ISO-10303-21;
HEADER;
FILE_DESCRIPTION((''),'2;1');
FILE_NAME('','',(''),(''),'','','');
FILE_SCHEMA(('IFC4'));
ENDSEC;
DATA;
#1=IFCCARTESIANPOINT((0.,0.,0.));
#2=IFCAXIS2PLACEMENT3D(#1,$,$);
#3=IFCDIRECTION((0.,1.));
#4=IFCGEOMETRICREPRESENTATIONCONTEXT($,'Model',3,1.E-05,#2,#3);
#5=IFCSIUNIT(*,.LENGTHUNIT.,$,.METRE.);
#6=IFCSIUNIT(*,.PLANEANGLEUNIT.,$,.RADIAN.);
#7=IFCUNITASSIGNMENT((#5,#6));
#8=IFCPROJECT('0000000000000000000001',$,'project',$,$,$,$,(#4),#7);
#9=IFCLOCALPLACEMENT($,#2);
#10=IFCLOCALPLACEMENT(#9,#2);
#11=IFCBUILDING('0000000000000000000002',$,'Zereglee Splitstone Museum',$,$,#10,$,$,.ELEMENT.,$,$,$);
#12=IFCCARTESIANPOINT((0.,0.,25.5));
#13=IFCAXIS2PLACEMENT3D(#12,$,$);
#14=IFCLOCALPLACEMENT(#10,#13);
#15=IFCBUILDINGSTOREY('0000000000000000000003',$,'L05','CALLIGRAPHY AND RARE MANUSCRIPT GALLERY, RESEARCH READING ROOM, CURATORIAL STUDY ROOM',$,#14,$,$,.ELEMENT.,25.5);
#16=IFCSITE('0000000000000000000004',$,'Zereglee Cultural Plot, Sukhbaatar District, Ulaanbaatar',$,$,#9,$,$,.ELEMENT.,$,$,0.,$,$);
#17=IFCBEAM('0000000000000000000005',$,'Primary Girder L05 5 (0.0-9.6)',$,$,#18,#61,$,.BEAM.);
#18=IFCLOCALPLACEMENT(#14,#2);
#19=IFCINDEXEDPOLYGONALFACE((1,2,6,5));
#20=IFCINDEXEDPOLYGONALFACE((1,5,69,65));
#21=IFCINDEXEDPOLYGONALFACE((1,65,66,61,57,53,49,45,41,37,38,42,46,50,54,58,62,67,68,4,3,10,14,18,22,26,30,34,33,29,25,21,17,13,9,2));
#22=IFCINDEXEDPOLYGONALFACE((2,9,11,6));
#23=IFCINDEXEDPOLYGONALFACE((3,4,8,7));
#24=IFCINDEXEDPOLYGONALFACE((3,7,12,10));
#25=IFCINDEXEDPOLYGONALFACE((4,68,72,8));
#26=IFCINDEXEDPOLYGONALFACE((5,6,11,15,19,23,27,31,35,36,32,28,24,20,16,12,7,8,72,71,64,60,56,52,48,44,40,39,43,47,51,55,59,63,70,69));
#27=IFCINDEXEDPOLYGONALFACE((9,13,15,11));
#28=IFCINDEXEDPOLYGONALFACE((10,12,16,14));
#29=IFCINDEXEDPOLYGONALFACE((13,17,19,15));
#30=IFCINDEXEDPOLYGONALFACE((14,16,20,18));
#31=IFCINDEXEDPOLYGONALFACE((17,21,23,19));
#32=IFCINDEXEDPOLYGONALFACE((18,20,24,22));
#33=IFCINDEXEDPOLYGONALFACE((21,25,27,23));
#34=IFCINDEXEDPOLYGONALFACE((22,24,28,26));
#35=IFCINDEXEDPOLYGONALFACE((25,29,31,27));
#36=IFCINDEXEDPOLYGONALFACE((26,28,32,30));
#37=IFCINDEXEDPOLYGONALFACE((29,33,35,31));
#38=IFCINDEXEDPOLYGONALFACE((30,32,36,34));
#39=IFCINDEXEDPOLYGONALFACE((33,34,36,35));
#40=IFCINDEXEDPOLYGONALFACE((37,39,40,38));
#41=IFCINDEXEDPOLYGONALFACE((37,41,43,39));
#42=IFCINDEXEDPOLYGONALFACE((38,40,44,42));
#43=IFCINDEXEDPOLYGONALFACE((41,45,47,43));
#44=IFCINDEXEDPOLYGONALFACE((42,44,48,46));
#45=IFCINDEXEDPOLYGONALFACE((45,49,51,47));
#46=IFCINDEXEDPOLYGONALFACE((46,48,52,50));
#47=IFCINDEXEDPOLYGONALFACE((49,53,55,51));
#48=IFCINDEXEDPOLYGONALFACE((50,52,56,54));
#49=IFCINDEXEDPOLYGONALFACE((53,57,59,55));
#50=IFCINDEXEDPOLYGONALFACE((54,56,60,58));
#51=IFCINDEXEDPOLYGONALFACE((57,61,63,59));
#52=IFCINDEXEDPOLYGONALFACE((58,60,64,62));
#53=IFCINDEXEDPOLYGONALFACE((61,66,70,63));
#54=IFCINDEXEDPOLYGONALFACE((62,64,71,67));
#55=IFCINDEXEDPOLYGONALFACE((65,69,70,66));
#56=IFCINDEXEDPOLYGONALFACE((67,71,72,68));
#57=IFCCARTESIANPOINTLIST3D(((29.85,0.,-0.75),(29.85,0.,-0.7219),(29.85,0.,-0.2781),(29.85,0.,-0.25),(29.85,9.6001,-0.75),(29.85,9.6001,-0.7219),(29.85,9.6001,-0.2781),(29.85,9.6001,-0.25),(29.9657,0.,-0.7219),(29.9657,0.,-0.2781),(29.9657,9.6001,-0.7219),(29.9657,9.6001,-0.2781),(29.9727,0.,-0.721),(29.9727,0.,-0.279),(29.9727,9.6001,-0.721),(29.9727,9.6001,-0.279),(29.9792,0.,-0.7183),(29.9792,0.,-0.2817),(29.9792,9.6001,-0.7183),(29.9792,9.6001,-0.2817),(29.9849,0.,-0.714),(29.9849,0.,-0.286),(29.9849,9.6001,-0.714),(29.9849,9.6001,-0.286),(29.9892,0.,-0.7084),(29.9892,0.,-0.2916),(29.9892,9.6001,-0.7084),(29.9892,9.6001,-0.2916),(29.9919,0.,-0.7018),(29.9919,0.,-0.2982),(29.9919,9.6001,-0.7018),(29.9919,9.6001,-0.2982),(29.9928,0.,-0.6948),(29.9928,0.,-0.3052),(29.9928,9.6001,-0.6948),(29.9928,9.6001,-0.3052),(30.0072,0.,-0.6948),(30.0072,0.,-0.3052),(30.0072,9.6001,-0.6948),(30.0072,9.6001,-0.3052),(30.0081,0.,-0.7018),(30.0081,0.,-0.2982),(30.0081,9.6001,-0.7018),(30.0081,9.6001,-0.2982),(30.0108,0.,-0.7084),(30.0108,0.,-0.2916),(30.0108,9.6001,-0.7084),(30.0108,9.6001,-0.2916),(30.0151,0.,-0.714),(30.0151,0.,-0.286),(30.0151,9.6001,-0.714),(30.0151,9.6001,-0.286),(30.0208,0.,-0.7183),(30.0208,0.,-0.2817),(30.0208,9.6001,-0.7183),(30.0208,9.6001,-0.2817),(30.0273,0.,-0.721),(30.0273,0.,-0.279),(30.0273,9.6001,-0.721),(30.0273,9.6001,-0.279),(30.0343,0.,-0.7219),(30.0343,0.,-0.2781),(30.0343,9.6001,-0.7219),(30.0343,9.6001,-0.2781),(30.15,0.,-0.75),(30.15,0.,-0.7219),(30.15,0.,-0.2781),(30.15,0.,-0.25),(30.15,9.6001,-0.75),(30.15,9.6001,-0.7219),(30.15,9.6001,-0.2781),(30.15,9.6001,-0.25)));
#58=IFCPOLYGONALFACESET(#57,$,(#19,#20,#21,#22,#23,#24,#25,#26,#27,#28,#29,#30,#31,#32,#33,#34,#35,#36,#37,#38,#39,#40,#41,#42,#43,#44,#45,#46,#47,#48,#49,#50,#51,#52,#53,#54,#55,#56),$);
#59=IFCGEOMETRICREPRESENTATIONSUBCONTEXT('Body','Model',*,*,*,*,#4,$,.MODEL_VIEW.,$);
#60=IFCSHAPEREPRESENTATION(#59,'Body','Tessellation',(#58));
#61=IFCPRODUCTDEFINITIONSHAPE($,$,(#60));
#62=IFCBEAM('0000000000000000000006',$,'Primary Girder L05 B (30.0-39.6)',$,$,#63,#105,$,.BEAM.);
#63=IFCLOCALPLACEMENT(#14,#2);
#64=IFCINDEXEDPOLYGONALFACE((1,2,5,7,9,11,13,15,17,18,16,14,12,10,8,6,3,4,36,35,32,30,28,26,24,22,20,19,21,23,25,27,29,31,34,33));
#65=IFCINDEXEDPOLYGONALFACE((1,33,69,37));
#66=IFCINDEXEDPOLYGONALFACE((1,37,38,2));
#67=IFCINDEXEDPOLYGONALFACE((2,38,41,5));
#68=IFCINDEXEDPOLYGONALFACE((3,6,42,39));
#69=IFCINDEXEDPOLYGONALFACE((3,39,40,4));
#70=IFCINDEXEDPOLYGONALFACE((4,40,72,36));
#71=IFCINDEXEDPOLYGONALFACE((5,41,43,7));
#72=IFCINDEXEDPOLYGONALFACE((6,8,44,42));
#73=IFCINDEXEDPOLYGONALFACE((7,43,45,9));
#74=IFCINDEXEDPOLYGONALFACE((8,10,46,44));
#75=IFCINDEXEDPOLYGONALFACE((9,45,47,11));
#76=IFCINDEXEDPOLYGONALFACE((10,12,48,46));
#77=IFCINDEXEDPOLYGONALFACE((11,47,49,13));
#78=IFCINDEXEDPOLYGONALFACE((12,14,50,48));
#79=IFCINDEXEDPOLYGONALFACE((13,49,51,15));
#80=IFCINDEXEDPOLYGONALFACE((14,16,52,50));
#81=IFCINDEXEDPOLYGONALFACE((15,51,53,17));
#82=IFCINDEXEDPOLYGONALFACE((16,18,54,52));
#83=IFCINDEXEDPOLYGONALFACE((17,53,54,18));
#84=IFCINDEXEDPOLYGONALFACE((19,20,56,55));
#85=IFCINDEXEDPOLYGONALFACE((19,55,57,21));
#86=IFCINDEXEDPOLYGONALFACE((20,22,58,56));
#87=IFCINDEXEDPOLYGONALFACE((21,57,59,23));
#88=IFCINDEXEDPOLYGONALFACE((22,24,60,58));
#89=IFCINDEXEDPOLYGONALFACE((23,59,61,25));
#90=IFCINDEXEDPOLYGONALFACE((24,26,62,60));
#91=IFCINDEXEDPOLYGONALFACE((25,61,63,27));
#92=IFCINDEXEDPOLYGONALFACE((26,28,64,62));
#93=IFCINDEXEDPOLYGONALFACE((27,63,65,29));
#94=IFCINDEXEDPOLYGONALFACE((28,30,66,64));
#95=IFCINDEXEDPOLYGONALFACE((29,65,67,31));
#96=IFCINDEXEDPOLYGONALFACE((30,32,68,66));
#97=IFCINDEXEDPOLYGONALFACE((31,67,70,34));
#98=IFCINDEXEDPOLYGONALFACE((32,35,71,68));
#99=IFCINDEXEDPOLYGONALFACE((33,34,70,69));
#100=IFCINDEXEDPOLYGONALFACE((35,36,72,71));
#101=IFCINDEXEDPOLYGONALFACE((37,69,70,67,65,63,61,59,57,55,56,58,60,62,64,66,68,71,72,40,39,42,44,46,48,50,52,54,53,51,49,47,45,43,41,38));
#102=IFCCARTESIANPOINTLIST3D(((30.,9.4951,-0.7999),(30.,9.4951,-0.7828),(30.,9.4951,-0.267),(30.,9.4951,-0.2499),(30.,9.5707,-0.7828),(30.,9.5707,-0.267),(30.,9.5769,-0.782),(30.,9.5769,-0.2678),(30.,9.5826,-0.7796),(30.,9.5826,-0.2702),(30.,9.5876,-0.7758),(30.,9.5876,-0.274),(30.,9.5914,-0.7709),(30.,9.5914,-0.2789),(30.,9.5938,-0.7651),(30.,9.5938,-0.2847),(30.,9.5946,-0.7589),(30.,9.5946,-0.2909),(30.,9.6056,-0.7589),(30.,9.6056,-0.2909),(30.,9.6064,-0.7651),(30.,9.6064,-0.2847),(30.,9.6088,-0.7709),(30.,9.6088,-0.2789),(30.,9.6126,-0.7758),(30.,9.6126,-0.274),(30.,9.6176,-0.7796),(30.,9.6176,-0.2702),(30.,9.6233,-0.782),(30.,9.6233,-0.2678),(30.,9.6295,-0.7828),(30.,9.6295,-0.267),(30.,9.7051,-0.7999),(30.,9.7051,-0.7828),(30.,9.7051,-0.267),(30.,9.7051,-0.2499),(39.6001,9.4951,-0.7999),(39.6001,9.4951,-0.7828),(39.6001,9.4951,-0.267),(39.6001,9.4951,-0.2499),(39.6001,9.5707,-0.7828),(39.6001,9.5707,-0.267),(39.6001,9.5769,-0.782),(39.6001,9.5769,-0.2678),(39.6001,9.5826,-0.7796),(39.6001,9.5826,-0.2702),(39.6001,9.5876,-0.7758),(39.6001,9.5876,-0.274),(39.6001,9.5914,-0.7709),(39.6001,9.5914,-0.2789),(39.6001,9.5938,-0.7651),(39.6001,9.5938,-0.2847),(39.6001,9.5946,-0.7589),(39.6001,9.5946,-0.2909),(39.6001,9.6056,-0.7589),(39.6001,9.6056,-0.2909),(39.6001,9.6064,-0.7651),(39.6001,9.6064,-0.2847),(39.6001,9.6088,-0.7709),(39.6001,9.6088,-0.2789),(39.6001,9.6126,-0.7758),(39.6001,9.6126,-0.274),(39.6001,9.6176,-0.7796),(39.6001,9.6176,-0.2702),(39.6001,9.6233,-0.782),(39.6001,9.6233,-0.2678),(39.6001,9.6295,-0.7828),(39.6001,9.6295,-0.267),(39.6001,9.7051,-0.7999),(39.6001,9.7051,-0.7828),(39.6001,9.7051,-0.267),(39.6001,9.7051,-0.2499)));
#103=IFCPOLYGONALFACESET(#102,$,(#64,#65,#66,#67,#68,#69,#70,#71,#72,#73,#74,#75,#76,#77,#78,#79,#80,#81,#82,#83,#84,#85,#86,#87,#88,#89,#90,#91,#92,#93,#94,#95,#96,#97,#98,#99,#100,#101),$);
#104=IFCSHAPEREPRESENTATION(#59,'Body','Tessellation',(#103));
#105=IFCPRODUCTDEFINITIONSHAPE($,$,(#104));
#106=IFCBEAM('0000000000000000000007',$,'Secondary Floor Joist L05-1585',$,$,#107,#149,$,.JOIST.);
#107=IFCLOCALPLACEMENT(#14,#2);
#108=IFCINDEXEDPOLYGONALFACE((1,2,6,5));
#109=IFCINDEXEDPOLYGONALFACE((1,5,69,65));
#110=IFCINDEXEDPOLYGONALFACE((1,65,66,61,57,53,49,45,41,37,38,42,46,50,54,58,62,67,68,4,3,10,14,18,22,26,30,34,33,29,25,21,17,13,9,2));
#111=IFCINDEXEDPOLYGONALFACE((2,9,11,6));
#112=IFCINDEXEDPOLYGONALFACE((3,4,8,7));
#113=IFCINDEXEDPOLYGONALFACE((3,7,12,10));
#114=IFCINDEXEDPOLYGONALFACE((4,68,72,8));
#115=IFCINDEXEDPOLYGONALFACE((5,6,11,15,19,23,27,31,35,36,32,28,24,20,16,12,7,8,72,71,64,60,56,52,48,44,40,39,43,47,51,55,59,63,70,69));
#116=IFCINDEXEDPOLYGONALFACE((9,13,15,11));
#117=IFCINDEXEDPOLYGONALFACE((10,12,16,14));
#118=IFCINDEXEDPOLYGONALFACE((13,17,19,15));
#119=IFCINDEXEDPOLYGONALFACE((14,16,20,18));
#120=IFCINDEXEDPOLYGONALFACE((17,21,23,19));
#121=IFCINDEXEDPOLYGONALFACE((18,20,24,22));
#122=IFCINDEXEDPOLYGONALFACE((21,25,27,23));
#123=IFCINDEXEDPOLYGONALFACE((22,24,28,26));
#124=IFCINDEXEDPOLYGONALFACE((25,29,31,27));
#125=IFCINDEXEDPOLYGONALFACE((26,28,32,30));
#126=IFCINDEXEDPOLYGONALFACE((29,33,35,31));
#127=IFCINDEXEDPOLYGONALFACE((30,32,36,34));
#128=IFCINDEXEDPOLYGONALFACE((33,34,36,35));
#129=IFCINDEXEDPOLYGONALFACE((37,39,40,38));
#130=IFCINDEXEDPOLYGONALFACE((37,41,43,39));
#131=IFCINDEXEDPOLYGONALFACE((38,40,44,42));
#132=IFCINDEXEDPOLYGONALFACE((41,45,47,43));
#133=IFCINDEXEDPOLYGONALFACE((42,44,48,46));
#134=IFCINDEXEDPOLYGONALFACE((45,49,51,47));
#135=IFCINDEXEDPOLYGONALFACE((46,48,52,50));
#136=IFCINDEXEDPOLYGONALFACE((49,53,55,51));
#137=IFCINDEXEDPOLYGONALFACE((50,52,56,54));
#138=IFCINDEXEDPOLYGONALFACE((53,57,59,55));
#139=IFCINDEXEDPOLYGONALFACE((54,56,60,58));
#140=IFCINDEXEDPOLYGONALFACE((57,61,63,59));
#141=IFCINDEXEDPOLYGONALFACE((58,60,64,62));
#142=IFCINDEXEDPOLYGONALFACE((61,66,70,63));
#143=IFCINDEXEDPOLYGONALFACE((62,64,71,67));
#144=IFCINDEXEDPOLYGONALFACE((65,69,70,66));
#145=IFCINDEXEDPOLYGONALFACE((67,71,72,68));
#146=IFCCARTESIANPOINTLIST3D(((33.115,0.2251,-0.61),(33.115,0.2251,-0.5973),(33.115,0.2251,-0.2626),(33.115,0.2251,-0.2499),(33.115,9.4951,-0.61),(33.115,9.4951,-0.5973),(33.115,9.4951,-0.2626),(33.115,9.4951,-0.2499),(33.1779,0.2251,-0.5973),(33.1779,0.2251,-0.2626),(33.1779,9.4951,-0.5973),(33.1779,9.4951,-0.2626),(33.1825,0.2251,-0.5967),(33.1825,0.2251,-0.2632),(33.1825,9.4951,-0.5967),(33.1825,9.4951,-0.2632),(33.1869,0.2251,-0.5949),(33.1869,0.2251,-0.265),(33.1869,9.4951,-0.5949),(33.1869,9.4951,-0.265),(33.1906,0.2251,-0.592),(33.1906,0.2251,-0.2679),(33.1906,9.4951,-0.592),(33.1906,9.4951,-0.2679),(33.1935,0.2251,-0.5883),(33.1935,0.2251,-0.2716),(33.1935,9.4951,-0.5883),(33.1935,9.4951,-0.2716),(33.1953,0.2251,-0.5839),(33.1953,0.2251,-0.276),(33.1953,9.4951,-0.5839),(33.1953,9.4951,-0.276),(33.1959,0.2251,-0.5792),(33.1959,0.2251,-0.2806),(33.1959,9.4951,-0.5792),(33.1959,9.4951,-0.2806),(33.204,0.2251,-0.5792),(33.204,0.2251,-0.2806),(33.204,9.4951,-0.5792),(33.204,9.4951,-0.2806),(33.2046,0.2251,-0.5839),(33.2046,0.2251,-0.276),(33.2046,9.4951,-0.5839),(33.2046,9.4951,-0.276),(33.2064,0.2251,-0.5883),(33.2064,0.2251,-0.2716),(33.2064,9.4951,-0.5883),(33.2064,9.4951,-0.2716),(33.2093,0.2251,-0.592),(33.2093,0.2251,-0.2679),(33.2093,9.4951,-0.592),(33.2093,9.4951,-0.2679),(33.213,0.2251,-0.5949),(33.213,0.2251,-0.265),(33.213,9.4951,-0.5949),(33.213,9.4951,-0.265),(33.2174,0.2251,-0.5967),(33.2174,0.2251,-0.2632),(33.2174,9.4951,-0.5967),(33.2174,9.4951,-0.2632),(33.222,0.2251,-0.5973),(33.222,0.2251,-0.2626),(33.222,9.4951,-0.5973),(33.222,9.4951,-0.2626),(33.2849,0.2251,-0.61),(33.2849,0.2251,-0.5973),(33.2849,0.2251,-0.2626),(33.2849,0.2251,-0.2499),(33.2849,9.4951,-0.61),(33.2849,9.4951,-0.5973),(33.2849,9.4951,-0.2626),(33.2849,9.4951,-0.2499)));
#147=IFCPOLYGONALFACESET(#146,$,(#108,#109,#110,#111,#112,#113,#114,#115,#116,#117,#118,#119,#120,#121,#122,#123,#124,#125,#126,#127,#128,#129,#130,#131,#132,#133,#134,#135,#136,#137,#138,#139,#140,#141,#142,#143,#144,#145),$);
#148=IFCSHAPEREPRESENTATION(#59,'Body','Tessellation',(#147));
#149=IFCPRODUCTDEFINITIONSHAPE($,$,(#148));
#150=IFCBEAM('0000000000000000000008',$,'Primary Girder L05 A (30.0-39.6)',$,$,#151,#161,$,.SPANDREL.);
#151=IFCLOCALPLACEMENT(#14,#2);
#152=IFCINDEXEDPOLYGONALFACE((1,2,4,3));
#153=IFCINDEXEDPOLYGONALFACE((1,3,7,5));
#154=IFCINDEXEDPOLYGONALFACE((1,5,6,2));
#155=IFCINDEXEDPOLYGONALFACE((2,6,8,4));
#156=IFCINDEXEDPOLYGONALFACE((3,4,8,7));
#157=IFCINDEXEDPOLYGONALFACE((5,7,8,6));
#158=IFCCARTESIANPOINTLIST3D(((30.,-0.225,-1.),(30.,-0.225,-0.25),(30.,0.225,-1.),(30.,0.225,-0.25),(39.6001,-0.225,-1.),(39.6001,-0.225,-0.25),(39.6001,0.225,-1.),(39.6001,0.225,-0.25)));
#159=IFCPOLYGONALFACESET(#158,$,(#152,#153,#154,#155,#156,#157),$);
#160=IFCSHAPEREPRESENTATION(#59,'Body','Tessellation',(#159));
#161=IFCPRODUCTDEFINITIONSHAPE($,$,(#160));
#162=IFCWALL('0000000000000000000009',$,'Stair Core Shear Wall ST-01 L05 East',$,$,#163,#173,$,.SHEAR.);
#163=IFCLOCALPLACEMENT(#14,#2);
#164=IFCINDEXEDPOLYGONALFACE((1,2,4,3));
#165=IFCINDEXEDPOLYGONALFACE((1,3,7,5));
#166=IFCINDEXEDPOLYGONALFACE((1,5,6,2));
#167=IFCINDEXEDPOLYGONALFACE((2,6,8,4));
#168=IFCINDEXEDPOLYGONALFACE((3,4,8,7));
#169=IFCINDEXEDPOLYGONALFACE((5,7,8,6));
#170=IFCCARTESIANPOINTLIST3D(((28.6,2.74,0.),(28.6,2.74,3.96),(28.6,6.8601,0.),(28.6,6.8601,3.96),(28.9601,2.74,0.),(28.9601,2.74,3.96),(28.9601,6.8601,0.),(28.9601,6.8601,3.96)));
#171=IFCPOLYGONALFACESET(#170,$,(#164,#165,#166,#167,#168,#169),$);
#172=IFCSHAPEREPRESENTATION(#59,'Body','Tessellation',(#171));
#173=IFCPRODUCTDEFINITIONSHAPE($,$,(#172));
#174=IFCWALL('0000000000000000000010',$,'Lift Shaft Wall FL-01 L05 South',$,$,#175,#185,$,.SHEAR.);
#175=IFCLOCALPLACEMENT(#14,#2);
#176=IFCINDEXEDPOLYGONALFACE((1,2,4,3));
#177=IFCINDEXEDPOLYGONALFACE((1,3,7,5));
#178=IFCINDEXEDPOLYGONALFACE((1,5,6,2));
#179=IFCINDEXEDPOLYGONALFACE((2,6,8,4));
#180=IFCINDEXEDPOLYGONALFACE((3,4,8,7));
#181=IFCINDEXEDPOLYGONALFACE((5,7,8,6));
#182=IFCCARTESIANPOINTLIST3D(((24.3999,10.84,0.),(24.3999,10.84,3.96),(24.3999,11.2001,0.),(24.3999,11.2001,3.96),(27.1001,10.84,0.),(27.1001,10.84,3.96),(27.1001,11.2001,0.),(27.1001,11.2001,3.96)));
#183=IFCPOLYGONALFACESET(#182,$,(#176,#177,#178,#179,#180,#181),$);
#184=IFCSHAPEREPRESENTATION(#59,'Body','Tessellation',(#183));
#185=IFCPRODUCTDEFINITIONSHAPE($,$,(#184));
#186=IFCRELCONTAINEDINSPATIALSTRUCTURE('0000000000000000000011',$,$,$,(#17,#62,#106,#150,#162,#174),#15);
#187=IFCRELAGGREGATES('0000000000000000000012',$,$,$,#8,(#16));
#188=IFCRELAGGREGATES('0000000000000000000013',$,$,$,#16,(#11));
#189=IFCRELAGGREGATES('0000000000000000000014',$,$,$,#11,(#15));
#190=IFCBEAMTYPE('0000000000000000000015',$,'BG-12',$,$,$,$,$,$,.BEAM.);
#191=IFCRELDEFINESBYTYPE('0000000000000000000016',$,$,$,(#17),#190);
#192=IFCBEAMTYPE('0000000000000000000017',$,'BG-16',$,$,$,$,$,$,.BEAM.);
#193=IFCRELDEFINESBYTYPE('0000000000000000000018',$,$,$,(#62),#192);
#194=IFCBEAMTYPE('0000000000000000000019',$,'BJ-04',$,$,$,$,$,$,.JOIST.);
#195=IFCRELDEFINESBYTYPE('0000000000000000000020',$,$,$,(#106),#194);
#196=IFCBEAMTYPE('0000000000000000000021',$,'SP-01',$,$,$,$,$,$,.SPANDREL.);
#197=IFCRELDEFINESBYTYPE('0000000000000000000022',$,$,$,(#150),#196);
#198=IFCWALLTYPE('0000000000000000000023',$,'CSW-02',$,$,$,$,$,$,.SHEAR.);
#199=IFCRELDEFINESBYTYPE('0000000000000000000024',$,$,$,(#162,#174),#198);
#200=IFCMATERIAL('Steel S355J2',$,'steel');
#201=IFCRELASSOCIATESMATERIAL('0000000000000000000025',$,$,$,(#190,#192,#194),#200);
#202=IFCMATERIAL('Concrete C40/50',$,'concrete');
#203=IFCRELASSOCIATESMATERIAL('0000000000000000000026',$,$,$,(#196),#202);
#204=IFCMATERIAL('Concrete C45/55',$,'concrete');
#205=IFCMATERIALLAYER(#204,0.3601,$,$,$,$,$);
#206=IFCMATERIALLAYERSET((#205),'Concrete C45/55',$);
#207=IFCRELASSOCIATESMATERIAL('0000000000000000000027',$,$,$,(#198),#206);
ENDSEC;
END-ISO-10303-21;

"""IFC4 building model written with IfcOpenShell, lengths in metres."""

from ifc_helpers import new_model, si_unit, direction, frame, frame_2d, origin, origin_2d, place, context, subcontext, project, spatial, rectangle, i_section, extrude, material, layer, layer_set, material_profile, profile_set, type_object, element, save


model = new_model("IFC4")

# Units and contexts
model_context = context("Model", 3, precision=1e-05, world=origin(), true_north=direction((0.0, 1.0)))
body_context = subcontext(model_context, "Body", "Model", "MODEL_VIEW")
ifc_project = project(units=[si_unit("LENGTHUNIT", "METRE"), si_unit("PLANEANGLEUNIT", "RADIAN")], contexts=[model_context])

# Site, building, storey
site_placement = place(None, origin())
site = spatial("IfcSite", under=ifc_project, at=site_placement, Name="Zereglee Cultural Plot, Sukhbaatar District, Ulaanbaatar", CompositionType="ELEMENT", RefElevation=0.0)
building_placement = place(site_placement, origin())
building = spatial("IfcBuilding", under=site, at=building_placement, Name="Zereglee Splitstone Museum", CompositionType="ELEMENT")
storey_placement = place(building_placement, frame((0.0, 0.0, 25.5)))
storey = spatial("IfcBuildingStorey", under=building, at=storey_placement, Name="L05", Description="CALLIGRAPHY AND RARE MANUSCRIPT GALLERY, RESEARCH READING ROOM, CURATORIAL STUDY ROOM", CompositionType="ELEMENT", Elevation=25.5)

# Beams
ifc_material_1 = material(Name="Steel S355J2", Category="steel")
ifc_material_profile_1 = material_profile(ifc_material_1, i_section(OverallWidth=0.3, OverallDepth=0.5, WebThickness=0.0144, FlangeThickness=0.0281, FilletRadius=0.0271, at=origin_2d()), Name="HE 500 B")
ifc_profile_set_1 = profile_set([ifc_material_profile_1], Name="Steel S355J2")
beam_type_1 = type_object("IfcBeamType", Name="BG-12", PredefinedType="BEAM", material=ifc_profile_set_1)
beam_1_placement = place(storey_placement, frame((30.0, 0.0, -0.5), z_axis=(0.0, 1.0, 0.0), x_axis=(-1.0, 0.0, 0.0)))
element("IfcBeam", 1, at=beam_1_placement, inside=storey, type_object=beam_type_1, Name="Primary Girder L05 5 (0.0-9.6)", PredefinedType="BEAM", context=body_context, shape_type="SweptSolid", body=[
    extrude(i_section(OverallWidth=0.3, OverallDepth=0.5, WebThickness=0.0144, FlangeThickness=0.0281, FilletRadius=0.0271, at=origin_2d()), origin(), (0.0, 0.0, 1.0), 9.6001),
])
ifc_material_profile_2 = material_profile(ifc_material_1, i_section(OverallWidth=0.21, OverallDepth=0.55, WebThickness=0.011, FlangeThickness=0.0171, FilletRadius=0.0239, at=origin_2d()), Name="IPE 550")
ifc_profile_set_2 = profile_set([ifc_material_profile_2], Name="Steel S355J2")
beam_type_2 = type_object("IfcBeamType", Name="BG-16", PredefinedType="BEAM", material=ifc_profile_set_2)
beam_2_placement = place(storey_placement, frame((30.0, 9.6001, -0.5249), z_axis=(1.0, 0.0, 0.0), x_axis=(0.0, 1.0, 0.0)))
element("IfcBeam", 2, at=beam_2_placement, inside=storey, type_object=beam_type_2, Name="Primary Girder L05 B (30.0-39.6)", PredefinedType="BEAM", context=body_context, shape_type="SweptSolid", body=[
    extrude(i_section(OverallWidth=0.21, OverallDepth=0.55, WebThickness=0.011, FlangeThickness=0.0171, FilletRadius=0.0239, at=origin_2d()), origin(), (0.0, 0.0, 1.0), 9.6001),
])
ifc_material_profile_3 = material_profile(ifc_material_1, i_section(OverallWidth=0.1699, OverallDepth=0.3601, WebThickness=0.0081, FlangeThickness=0.0127, FilletRadius=0.0181, at=origin_2d()), Name="IPE 360")
ifc_profile_set_3 = profile_set([ifc_material_profile_3], Name="Steel S355J2")
beam_type_3 = type_object("IfcBeamType", Name="BJ-04", PredefinedType="JOIST", material=ifc_profile_set_3)
beam_3_placement = place(storey_placement, frame((33.2, 0.2251, -0.4299), z_axis=(0.0, 1.0, 0.0), x_axis=(-1.0, 0.0, 0.0)))
element("IfcBeam", 3, at=beam_3_placement, inside=storey, type_object=beam_type_3, Name="Secondary Floor Joist L05-1585", PredefinedType="JOIST", context=body_context, shape_type="SweptSolid", body=[
    extrude(i_section(OverallWidth=0.1699, OverallDepth=0.3601, WebThickness=0.0081, FlangeThickness=0.0127, FilletRadius=0.0181, at=origin_2d()), origin(), (0.0, 0.0, 1.0), 9.27),
])
ifc_material_2 = material(Name="Concrete C40/50", Category="concrete")
ifc_material_profile_4 = material_profile(ifc_material_2, rectangle(XDim=0.45, YDim=0.75, at=origin_2d()), Name="RC 450x750")
ifc_profile_set_4 = profile_set([ifc_material_profile_4], Name="Concrete C40/50")
beam_type_4 = type_object("IfcBeamType", Name="SP-01", PredefinedType="SPANDREL", material=ifc_profile_set_4)
beam_4_placement = place(storey_placement, frame((30.0, 0.0, -0.625), z_axis=(1.0, 0.0, 0.0), x_axis=(0.0, 1.0, 0.0)))
element("IfcBeam", 4, at=beam_4_placement, inside=storey, type_object=beam_type_4, Name="Primary Girder L05 A (30.0-39.6)", PredefinedType="SPANDREL", context=body_context, shape_type="SweptSolid", body=[
    extrude(rectangle(XDim=0.45, YDim=0.75, at=origin_2d()), origin(), (0.0, 0.0, 1.0), 9.6001),
])

# Walls
ifc_material_3 = material(Name="Concrete C45/55", Category="concrete")
ifc_layer_1 = layer(ifc_material_3, 0.3601)
ifc_layer_set_1 = layer_set([ifc_layer_1], Name="Concrete C45/55")
wall_type_1 = type_object("IfcWallType", Name="CSW-02", PredefinedType="SHEAR", material=ifc_layer_set_1)
wall_1_placement = place(storey_placement, frame((28.78, 2.74, 0.0), z_axis=(0.0, 0.0, 1.0), x_axis=(0.0, 1.0, 0.0)))
element("IfcWall", 5, at=wall_1_placement, inside=storey, type_object=wall_type_1, Name="Stair Core Shear Wall ST-01 L05 East", PredefinedType="SHEAR", context=body_context, shape_type="SweptSolid", body=[
    extrude(rectangle(XDim=4.1201, YDim=0.3601, at=frame_2d((2.0601, 0.0))), origin(), (0.0, 0.0, 1.0), 3.96),
])
wall_2_placement = place(storey_placement, frame((24.3999, 11.02, 0.0), z_axis=(0.0, 0.0, 1.0), x_axis=(1.0, 0.0, 0.0)))
element("IfcWall", 6, at=wall_2_placement, inside=storey, type_object=wall_type_1, Name="Lift Shaft Wall FL-01 L05 South", PredefinedType="SHEAR", context=body_context, shape_type="SweptSolid", body=[
    extrude(rectangle(XDim=2.7002, YDim=0.3601, at=frame_2d((1.3501, 0.0))), origin(), (0.0, 0.0, 1.0), 3.96),
])

save(model, "model.ifc")
